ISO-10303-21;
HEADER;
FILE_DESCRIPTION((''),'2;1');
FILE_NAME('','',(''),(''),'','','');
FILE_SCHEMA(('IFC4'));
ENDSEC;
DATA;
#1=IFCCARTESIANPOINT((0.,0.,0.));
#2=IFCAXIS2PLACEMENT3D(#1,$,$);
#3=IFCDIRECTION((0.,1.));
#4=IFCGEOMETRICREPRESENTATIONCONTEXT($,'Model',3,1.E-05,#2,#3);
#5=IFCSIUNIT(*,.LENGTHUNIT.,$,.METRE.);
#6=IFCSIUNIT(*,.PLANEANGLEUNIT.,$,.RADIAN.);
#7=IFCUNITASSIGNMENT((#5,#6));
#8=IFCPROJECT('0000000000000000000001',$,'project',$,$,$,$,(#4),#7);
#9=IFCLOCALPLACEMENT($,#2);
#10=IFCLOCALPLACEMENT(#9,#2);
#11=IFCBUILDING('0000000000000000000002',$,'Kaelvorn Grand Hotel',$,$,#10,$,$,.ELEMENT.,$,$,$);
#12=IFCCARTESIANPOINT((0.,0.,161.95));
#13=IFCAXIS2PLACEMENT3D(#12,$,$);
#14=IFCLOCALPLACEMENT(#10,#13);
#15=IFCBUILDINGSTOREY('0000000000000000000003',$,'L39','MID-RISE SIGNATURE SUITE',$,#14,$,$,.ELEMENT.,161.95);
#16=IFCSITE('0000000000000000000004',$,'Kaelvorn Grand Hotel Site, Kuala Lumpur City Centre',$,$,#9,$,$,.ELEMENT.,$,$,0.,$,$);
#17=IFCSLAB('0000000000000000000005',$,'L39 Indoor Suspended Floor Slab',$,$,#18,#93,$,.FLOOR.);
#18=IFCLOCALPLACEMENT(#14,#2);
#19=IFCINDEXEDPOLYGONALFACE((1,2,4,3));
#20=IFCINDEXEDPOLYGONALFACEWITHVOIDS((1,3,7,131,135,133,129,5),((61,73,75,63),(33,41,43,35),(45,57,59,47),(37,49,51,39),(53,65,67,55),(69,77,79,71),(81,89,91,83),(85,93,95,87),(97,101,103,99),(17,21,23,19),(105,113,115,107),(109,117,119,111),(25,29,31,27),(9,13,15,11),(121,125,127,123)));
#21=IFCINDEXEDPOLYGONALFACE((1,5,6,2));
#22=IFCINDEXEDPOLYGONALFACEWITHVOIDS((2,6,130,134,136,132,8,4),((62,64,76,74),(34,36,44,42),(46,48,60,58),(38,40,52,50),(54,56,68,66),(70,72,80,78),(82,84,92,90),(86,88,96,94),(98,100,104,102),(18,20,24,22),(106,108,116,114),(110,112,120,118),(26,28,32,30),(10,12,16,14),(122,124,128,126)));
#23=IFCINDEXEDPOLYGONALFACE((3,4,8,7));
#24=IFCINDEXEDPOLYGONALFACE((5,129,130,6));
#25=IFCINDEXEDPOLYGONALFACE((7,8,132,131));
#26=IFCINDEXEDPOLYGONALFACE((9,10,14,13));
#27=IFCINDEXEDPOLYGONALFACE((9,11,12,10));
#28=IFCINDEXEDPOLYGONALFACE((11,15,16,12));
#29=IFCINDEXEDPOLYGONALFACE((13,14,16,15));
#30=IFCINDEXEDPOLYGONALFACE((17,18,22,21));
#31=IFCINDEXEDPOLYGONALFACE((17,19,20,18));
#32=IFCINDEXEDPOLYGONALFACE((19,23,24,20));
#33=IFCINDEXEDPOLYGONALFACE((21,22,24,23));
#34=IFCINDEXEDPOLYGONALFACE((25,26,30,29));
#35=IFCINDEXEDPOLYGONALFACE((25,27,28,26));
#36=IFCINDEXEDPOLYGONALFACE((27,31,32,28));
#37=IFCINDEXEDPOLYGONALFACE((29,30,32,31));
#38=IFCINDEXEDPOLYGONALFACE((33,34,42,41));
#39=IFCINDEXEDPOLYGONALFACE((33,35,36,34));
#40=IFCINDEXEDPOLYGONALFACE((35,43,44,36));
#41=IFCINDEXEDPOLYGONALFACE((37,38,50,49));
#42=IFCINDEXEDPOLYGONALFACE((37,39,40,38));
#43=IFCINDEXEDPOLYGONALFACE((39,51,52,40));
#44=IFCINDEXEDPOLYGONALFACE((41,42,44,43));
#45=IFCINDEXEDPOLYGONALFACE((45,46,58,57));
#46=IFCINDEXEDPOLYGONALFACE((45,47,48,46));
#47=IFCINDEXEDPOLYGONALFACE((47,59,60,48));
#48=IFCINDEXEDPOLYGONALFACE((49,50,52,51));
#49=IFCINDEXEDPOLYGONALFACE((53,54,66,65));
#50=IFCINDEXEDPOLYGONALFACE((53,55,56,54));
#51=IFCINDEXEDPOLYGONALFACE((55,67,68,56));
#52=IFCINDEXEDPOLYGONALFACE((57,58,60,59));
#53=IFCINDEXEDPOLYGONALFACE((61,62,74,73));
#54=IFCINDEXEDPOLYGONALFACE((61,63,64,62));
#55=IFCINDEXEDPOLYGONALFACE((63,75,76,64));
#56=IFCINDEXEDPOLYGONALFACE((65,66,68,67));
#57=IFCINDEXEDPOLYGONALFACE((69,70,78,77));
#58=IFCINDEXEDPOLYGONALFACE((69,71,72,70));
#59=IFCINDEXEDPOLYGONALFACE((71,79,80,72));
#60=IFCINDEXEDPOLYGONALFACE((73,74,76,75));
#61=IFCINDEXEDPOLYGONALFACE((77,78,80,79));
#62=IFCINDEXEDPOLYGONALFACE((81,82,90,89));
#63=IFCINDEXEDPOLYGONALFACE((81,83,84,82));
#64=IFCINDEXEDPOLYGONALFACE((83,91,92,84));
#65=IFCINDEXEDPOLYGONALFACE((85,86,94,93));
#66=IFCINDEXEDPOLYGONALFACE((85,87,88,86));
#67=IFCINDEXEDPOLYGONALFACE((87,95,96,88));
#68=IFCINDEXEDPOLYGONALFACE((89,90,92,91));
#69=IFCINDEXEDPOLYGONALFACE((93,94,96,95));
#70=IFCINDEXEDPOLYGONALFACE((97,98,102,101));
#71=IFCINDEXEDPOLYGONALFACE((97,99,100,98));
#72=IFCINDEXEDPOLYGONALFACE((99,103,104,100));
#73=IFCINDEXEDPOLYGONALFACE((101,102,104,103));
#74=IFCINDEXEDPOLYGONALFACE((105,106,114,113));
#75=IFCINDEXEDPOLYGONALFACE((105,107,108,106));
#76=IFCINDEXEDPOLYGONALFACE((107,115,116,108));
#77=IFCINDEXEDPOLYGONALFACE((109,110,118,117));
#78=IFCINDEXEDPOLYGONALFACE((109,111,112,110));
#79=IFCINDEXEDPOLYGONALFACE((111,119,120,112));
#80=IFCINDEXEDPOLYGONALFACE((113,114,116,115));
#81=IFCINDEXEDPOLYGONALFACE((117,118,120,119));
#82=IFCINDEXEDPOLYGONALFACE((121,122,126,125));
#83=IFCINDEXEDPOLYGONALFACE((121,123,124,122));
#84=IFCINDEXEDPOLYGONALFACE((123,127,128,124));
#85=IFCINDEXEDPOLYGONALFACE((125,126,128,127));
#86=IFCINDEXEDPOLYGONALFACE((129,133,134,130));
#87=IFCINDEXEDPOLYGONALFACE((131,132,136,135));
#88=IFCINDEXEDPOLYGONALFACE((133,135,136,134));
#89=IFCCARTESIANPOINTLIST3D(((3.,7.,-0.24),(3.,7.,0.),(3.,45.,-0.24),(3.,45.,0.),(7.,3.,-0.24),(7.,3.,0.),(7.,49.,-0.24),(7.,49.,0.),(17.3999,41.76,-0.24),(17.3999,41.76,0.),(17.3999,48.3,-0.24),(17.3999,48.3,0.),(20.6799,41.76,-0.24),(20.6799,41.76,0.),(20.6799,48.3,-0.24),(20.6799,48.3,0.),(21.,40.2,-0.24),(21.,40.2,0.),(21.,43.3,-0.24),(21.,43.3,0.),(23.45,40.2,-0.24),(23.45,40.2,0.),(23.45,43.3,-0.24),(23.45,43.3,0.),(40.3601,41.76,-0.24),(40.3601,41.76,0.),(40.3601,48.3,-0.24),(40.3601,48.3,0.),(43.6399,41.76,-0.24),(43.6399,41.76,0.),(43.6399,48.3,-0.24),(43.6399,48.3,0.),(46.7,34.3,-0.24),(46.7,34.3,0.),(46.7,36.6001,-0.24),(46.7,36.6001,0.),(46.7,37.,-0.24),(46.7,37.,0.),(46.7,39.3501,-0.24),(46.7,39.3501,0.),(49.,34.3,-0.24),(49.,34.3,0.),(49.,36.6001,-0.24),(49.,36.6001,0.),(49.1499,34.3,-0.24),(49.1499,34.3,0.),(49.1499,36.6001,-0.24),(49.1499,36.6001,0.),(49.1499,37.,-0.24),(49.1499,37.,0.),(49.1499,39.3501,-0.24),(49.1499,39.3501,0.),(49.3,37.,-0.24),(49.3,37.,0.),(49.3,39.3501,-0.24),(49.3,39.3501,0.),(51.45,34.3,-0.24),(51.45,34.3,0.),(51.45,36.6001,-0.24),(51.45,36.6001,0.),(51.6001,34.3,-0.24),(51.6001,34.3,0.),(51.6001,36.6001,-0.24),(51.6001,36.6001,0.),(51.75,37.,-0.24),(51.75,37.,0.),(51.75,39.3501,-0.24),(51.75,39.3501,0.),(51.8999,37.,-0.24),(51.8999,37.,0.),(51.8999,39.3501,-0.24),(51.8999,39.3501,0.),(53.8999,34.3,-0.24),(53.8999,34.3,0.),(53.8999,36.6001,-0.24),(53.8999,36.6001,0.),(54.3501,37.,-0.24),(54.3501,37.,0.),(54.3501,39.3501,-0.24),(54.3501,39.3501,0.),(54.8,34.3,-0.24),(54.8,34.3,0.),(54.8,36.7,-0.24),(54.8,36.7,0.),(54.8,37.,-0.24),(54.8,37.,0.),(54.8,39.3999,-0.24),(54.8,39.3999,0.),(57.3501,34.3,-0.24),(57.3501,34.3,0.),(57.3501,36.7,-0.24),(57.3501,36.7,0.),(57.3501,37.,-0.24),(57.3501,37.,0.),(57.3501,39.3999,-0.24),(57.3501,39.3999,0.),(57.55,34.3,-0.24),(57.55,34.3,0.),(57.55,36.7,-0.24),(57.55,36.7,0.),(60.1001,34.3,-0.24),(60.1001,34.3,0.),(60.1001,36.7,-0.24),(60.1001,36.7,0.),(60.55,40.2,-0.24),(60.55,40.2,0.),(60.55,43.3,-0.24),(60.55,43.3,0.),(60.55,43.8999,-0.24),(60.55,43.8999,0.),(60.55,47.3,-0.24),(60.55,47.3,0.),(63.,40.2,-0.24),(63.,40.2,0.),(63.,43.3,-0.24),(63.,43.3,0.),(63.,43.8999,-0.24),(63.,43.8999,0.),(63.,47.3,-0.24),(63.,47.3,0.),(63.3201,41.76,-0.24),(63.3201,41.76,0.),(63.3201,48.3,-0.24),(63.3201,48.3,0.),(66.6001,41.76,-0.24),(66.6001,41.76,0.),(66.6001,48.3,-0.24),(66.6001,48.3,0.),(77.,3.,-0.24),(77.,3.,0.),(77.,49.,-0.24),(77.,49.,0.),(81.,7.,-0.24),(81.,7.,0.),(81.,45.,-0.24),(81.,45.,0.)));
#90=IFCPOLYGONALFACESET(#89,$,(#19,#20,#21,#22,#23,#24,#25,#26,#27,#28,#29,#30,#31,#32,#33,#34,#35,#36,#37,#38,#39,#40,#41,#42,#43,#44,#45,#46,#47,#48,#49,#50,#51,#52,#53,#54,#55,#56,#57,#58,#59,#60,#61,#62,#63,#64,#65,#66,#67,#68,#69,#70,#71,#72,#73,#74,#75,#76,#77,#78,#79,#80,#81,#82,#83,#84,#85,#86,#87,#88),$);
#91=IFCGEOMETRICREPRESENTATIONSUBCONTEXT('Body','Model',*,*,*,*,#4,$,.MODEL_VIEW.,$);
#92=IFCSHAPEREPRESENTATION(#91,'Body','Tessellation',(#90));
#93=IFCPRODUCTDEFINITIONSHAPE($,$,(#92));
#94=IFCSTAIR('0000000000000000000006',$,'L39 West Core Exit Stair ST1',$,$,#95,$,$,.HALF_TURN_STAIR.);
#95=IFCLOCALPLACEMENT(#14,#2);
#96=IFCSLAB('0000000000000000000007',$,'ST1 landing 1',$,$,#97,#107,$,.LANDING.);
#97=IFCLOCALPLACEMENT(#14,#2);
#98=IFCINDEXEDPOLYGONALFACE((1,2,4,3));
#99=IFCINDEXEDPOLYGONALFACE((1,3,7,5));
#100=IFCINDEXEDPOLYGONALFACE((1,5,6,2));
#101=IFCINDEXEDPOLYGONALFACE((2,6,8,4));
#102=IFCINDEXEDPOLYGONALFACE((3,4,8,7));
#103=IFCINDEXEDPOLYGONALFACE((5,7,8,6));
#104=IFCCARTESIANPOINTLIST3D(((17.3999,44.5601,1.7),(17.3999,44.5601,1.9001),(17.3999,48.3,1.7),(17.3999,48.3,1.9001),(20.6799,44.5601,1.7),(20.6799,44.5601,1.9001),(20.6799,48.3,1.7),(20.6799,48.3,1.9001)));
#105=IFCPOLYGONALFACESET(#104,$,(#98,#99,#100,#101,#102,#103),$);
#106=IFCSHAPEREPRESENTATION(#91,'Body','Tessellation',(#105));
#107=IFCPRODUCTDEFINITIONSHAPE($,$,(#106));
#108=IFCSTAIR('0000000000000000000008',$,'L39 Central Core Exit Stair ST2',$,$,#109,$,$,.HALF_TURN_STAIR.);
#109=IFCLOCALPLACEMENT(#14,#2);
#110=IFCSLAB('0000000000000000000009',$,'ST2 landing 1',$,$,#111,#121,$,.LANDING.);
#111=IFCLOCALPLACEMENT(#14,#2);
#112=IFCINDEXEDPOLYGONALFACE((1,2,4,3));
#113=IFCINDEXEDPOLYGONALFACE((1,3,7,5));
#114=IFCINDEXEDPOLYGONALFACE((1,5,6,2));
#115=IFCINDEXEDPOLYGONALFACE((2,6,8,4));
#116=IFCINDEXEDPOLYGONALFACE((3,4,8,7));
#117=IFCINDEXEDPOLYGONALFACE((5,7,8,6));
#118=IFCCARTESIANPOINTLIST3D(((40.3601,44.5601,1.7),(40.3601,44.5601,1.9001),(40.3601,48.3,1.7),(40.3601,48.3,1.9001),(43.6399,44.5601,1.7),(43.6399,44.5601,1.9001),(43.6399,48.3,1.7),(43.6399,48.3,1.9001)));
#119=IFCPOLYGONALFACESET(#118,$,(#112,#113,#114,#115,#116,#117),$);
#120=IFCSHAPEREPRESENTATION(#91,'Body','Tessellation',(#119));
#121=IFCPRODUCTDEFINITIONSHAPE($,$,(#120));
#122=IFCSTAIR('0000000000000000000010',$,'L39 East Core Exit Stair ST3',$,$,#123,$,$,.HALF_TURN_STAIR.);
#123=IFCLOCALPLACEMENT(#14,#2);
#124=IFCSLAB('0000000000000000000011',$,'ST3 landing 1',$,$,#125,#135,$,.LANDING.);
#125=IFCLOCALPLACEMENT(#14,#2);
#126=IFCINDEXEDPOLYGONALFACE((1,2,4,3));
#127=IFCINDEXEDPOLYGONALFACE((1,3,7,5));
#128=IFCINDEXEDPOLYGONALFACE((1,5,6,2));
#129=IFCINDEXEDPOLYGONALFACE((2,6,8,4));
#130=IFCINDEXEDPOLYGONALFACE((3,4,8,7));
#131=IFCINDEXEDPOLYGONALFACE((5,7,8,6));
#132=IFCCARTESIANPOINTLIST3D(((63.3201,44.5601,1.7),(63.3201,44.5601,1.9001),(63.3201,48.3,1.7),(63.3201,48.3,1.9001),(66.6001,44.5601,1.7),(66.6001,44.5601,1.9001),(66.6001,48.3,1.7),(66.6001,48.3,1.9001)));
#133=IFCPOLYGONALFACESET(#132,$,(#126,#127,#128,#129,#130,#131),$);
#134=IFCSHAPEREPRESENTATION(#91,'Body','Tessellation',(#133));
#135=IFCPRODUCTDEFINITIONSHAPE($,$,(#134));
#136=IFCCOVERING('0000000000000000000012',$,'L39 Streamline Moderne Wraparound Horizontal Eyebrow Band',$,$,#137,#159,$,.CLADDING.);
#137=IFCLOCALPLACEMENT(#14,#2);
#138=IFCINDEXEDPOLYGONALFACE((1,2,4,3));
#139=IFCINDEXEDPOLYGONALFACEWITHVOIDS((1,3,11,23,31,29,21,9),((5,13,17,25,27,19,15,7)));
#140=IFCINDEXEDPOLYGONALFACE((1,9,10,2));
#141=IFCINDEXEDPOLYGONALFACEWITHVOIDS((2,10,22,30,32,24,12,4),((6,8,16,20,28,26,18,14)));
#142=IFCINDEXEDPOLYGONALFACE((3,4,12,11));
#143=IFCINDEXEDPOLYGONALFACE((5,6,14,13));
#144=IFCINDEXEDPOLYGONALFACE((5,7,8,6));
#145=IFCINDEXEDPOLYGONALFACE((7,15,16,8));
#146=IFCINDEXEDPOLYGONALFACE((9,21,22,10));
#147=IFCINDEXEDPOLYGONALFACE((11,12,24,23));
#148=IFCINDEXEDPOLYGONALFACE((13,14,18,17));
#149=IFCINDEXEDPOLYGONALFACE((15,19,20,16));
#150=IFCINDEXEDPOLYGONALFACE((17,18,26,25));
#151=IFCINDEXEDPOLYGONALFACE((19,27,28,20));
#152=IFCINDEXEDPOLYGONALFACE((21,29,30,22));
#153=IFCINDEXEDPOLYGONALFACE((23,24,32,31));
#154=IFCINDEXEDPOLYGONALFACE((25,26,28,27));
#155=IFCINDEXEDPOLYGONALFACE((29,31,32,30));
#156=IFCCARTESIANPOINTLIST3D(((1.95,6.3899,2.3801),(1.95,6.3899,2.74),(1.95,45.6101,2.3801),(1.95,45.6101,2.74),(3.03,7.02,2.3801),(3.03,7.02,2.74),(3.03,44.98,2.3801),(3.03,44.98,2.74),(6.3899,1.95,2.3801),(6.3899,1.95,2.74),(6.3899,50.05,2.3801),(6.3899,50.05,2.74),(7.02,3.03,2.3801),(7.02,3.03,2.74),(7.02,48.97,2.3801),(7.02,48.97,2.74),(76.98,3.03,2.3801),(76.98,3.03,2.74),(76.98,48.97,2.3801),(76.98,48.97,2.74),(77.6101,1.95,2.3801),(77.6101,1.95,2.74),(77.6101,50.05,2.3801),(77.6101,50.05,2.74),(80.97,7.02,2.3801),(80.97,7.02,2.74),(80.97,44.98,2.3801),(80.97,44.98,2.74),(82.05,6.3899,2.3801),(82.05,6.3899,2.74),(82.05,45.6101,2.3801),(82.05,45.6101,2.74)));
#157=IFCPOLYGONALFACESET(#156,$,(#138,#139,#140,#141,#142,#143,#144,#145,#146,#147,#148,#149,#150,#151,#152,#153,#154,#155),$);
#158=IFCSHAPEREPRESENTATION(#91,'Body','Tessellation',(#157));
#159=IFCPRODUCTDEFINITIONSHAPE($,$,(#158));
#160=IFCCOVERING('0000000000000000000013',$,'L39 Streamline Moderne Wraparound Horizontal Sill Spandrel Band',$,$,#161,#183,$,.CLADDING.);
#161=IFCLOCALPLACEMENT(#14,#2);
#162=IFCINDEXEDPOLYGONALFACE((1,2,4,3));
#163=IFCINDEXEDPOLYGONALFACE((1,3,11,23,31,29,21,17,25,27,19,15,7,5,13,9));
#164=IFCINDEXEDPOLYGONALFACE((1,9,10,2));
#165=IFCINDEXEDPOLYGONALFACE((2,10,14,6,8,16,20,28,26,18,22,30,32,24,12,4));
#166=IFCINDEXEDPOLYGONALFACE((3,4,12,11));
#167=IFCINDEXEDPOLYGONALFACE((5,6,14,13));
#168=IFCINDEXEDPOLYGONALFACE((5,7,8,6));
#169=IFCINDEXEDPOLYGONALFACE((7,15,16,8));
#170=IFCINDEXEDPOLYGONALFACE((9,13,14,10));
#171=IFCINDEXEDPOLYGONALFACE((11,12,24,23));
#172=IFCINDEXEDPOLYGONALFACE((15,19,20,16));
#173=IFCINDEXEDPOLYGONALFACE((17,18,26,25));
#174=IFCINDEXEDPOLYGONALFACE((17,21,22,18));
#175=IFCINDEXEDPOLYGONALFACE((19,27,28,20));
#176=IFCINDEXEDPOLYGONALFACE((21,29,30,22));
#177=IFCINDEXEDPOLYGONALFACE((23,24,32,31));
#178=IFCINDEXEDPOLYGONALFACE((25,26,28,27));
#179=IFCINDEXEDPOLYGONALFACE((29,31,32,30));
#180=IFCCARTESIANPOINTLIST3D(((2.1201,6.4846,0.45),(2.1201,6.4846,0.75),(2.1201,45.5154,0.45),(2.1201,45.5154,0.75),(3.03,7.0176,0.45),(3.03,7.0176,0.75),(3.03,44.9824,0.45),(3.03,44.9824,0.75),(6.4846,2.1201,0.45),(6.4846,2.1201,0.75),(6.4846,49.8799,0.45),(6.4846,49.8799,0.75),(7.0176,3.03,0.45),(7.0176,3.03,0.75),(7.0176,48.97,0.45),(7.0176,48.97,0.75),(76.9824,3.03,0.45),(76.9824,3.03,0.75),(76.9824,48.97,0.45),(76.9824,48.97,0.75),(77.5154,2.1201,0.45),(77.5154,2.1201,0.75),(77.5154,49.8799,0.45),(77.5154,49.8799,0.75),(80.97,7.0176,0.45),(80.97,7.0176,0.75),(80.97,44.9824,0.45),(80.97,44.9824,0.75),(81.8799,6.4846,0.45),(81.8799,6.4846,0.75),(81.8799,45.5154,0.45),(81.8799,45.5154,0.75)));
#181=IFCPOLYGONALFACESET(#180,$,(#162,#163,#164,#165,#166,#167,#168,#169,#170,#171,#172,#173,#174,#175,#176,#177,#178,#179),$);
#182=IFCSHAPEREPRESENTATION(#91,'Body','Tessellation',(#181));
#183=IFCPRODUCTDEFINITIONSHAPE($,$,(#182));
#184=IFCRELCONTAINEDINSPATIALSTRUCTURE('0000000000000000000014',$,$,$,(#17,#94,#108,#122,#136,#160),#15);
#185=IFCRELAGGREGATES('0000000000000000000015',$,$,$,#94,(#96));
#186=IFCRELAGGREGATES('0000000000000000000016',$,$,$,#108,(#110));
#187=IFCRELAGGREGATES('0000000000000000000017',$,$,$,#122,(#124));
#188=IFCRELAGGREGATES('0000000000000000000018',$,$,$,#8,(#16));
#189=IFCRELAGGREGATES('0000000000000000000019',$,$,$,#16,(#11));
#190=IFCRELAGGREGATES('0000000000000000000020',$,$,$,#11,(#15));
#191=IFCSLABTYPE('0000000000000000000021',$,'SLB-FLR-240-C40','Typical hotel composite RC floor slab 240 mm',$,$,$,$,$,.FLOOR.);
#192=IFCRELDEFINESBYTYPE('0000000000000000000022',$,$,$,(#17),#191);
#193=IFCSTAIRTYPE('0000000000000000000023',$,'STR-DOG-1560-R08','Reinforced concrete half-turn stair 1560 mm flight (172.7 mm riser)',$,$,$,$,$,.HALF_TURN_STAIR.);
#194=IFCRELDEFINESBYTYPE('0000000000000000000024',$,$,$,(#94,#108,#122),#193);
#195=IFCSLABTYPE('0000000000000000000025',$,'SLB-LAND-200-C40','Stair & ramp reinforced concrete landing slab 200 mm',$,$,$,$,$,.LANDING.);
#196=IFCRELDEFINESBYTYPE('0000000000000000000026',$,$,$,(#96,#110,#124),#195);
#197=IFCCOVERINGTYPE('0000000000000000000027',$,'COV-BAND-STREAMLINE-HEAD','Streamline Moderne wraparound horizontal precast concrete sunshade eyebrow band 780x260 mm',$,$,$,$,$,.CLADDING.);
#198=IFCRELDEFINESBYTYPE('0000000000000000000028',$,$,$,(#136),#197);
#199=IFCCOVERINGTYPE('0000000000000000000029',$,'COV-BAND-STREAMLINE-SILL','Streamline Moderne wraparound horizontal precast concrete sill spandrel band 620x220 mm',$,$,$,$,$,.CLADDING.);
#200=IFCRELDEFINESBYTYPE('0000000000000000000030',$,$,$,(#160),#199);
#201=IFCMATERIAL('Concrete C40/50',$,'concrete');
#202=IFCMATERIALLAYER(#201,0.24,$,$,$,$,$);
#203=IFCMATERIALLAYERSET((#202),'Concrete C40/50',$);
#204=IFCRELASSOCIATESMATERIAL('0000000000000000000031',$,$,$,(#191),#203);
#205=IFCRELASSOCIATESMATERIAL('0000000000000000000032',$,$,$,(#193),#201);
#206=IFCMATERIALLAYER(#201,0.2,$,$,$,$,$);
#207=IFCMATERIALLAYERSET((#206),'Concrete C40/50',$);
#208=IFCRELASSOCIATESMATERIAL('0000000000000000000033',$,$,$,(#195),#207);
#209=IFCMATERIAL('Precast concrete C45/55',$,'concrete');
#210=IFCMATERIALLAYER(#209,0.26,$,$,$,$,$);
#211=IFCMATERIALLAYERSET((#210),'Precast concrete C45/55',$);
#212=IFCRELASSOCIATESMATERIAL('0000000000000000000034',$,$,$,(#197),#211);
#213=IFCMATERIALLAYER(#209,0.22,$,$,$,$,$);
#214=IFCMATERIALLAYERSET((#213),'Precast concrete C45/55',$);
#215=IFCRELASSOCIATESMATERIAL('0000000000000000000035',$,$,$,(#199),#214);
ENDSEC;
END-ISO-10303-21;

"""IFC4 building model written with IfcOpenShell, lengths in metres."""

from ifc_helpers import new_model, si_unit, direction, frame, origin, place, context, subcontext, project, spatial, polyline, outline, extrude, material, layer, layer_set, type_object, element, aggregate, save


model = new_model("IFC4")

# Units and contexts
model_context = context("Model", 3, precision=1e-05, world=origin(), true_north=direction((0.0, 1.0)))
body_context = subcontext(model_context, "Body", "Model", "MODEL_VIEW")
ifc_project = project(units=[si_unit("LENGTHUNIT", "METRE"), si_unit("PLANEANGLEUNIT", "RADIAN")], contexts=[model_context])

# Site, building, storey
site_placement = place(None, origin())
site = spatial("IfcSite", under=ifc_project, at=site_placement, Name="Kaelvorn Grand Hotel Site, Kuala Lumpur City Centre", CompositionType="ELEMENT", RefElevation=0.0)
building_placement = place(site_placement, origin())
building = spatial("IfcBuilding", under=site, at=building_placement, Name="Kaelvorn Grand Hotel", CompositionType="ELEMENT")
storey_placement = place(building_placement, frame((0.0, 0.0, 161.95)))
storey = spatial("IfcBuildingStorey", under=building, at=storey_placement, Name="L39", Description="MID-RISE SIGNATURE SUITE", CompositionType="ELEMENT", Elevation=161.95)

# Slab
ifc_material_1 = material(Name="Concrete C40/50", Category="concrete")
ifc_layer_1 = layer(ifc_material_1, 0.24)
ifc_layer_set_1 = layer_set([ifc_layer_1], Name="Concrete C40/50")
slab_type_1 = type_object("IfcSlabType", Name="SLB-FLR-240-C40", Description="Typical hotel composite RC floor slab 240 mm", PredefinedType="FLOOR", material=ifc_layer_set_1)
slab_1_placement = place(storey_placement, frame((0.0, 0.0, -0.24)))
element("IfcSlab", 1, at=slab_1_placement, inside=storey, type_object=slab_type_1, Name="L39 Indoor Suspended Floor Slab", PredefinedType="FLOOR", context=body_context, shape_type="SweptSolid", body=[
    extrude(outline(polyline([(7.0, 3.0), (77.0, 3.0), (81.0, 7.0), (81.0, 45.0), (77.0, 49.0), (7.0, 49.0), (3.0, 45.0), (3.0, 7.0), (7.0, 3.0)]), holes=[polyline([(17.3999, 41.76), (17.3999, 48.3), (20.6799, 48.3), (20.6799, 41.76), (17.3999, 41.76)]), polyline([(40.3601, 41.76), (40.3601, 48.3), (43.6399, 48.3), (43.6399, 41.76), (40.3601, 41.76)]), polyline([(63.3201, 41.76), (63.3201, 48.3), (66.6001, 48.3), (66.6001, 41.76), (63.3201, 41.76)]), polyline([(46.7, 34.3), (46.7, 36.6001), (49.0, 36.6001), (49.0, 34.3), (46.7, 34.3)]), polyline([(49.1499, 34.3), (49.1499, 36.6001), (51.45, 36.6001), (51.45, 34.3), (49.1499, 34.3)]), polyline([(51.6001, 34.3), (51.6001, 36.6001), (53.8999, 36.6001), (53.8999, 34.3), (51.6001, 34.3)]), polyline([(46.7, 37.0), (46.7, 39.3501), (49.1499, 39.3501), (49.1499, 37.0), (46.7, 37.0)]), polyline([(49.3, 37.0), (49.3, 39.3501), (51.75, 39.3501), (51.75, 37.0), (49.3, 37.0)]), polyline([(51.8999, 37.0), (51.8999, 39.3501), (54.3501, 39.3501), (54.3501, 37.0), (51.8999, 37.0)]), polyline([(54.8, 34.3), (54.8, 36.7), (57.3501, 36.7), (57.3501, 34.3), (54.8, 34.3)]), polyline([(57.55, 34.3), (57.55, 36.7), (60.1001, 36.7), (60.1001, 34.3), (57.55, 34.3)]), polyline([(54.8, 37.0), (54.8, 39.3999), (57.3501, 39.3999), (57.3501, 37.0), (54.8, 37.0)]), polyline([(21.0, 40.2), (21.0, 43.3), (23.45, 43.3), (23.45, 40.2), (21.0, 40.2)]), polyline([(60.55, 40.2), (60.55, 43.3), (63.0, 43.3), (63.0, 40.2), (60.55, 40.2)]), polyline([(60.55, 43.8999), (60.55, 47.3), (63.0, 47.3), (63.0, 43.8999), (60.55, 43.8999)])]), origin(), (0.0, 0.0, 1.0), 0.24),
])

# Stairs, slabs
stair_type = type_object("IfcStairType", Name="STR-DOG-1560-R08", Description="Reinforced concrete half-turn stair 1560 mm flight (172.7 mm riser)", PredefinedType="HALF_TURN_STAIR", material=ifc_material_1)
stair_1_placement = place(storey_placement, origin())
stair_1 = element("IfcStair", 2, at=stair_1_placement, inside=storey, type_object=stair_type, Name="L39 West Core Exit Stair ST1", PredefinedType="HALF_TURN_STAIR")
ifc_layer_2 = layer(ifc_material_1, 0.2)
ifc_layer_set_2 = layer_set([ifc_layer_2], Name="Concrete C40/50")
slab_type_2 = type_object("IfcSlabType", Name="SLB-LAND-200-C40", Description="Stair & ramp reinforced concrete landing slab 200 mm", PredefinedType="LANDING", material=ifc_layer_set_2)
slab_2_placement = place(storey_placement, frame((0.0, 0.0, 1.7)))
slab_2 = element("IfcSlab", 3, at=slab_2_placement, type_object=slab_type_2, Name="ST1 landing 1", PredefinedType="LANDING", context=body_context, shape_type="SweptSolid", body=[
    extrude(outline(polyline([(20.6799, 44.5601), (20.6799, 48.3), (17.3999, 48.3), (17.3999, 44.5601), (20.6799, 44.5601)])), origin(), (0.0, 0.0, 1.0), 0.2002),
])
aggregate(stair_1, [slab_2])
stair_2_placement = place(storey_placement, origin())
stair_2 = element("IfcStair", 4, at=stair_2_placement, inside=storey, type_object=stair_type, Name="L39 Central Core Exit Stair ST2", PredefinedType="HALF_TURN_STAIR")
slab_3_placement = place(storey_placement, frame((0.0, 0.0, 1.7)))
slab_3 = element("IfcSlab", 5, at=slab_3_placement, type_object=slab_type_2, Name="ST2 landing 1", PredefinedType="LANDING", context=body_context, shape_type="SweptSolid", body=[
    extrude(outline(polyline([(43.6399, 44.5601), (43.6399, 48.3), (40.3601, 48.3), (40.3601, 44.5601), (43.6399, 44.5601)])), origin(), (0.0, 0.0, 1.0), 0.2002),
])
aggregate(stair_2, [slab_3])
stair_3_placement = place(storey_placement, origin())
stair_3 = element("IfcStair", 6, at=stair_3_placement, inside=storey, type_object=stair_type, Name="L39 East Core Exit Stair ST3", PredefinedType="HALF_TURN_STAIR")
slab_4_placement = place(storey_placement, frame((0.0, 0.0, 1.7)))
slab_4 = element("IfcSlab", 7, at=slab_4_placement, type_object=slab_type_2, Name="ST3 landing 1", PredefinedType="LANDING", context=body_context, shape_type="SweptSolid", body=[
    extrude(outline(polyline([(66.6001, 44.5601), (66.6001, 48.3), (63.3201, 48.3), (63.3201, 44.5601), (66.6001, 44.5601)])), origin(), (0.0, 0.0, 1.0), 0.2002),
])
aggregate(stair_3, [slab_4])

# Coverings
ifc_material_2 = material(Name="Precast concrete C45/55", Category="concrete")
ifc_layer_3 = layer(ifc_material_2, 0.26)
ifc_layer_set_3 = layer_set([ifc_layer_3], Name="Precast concrete C45/55")
covering_type_1 = type_object("IfcCoveringType", Name="COV-BAND-STREAMLINE-HEAD", Description="Streamline Moderne wraparound horizontal precast concrete sunshade eyebrow band 780x260 mm", PredefinedType="CLADDING", material=ifc_layer_set_3)
covering_1_placement = place(storey_placement, frame((0.0, 0.0, 2.3801)))
element("IfcCovering", 8, at=covering_1_placement, inside=storey, type_object=covering_type_1, Name="L39 Streamline Moderne Wraparound Horizontal Eyebrow Band", PredefinedType="CLADDING", context=body_context, shape_type="SweptSolid", body=[
    extrude(outline(polyline([(6.3899, 1.95), (77.6101, 1.95), (82.05, 6.3899), (82.05, 45.6101), (77.6101, 50.05), (6.3899, 50.05), (1.95, 45.6101), (1.95, 6.3899), (6.3899, 1.95)]), holes=[polyline([(7.02, 3.03), (76.98, 3.03), (80.97, 7.02), (80.97, 44.98), (76.98, 48.97), (7.02, 48.97), (3.03, 44.98), (3.03, 7.02), (7.02, 3.03)])]), origin(), (0.0, 0.0, 1.0), 0.3599),
])
ifc_layer_4 = layer(ifc_material_2, 0.22)
ifc_layer_set_4 = layer_set([ifc_layer_4], Name="Precast concrete C45/55")
covering_type_2 = type_object("IfcCoveringType", Name="COV-BAND-STREAMLINE-SILL", Description="Streamline Moderne wraparound horizontal precast concrete sill spandrel band 620x220 mm", PredefinedType="CLADDING", material=ifc_layer_set_4)
covering_2_placement = place(storey_placement, frame((0.0, 0.0, 0.45)))
element("IfcCovering", 9, at=covering_2_placement, inside=storey, type_object=covering_type_2, Name="L39 Streamline Moderne Wraparound Horizontal Sill Spandrel Band", PredefinedType="CLADDING", context=body_context, shape_type="SweptSolid", body=[
    extrude(outline(polyline([(77.5154, 2.1201), (81.8799, 6.4846), (81.8799, 45.5154), (77.5154, 49.8799), (6.4846, 49.8799), (2.1201, 45.5154), (2.1201, 6.4846), (6.4846, 2.1201), (7.0176, 3.03), (3.03, 7.0176), (3.03, 44.9824), (7.0176, 48.97), (76.9824, 48.97), (80.97, 44.9824), (80.97, 7.0176), (76.9824, 3.03), (77.5154, 2.1201)])), origin(), (0.0, 0.0, 1.0), 0.3),
])

save(model, "model.ifc")
